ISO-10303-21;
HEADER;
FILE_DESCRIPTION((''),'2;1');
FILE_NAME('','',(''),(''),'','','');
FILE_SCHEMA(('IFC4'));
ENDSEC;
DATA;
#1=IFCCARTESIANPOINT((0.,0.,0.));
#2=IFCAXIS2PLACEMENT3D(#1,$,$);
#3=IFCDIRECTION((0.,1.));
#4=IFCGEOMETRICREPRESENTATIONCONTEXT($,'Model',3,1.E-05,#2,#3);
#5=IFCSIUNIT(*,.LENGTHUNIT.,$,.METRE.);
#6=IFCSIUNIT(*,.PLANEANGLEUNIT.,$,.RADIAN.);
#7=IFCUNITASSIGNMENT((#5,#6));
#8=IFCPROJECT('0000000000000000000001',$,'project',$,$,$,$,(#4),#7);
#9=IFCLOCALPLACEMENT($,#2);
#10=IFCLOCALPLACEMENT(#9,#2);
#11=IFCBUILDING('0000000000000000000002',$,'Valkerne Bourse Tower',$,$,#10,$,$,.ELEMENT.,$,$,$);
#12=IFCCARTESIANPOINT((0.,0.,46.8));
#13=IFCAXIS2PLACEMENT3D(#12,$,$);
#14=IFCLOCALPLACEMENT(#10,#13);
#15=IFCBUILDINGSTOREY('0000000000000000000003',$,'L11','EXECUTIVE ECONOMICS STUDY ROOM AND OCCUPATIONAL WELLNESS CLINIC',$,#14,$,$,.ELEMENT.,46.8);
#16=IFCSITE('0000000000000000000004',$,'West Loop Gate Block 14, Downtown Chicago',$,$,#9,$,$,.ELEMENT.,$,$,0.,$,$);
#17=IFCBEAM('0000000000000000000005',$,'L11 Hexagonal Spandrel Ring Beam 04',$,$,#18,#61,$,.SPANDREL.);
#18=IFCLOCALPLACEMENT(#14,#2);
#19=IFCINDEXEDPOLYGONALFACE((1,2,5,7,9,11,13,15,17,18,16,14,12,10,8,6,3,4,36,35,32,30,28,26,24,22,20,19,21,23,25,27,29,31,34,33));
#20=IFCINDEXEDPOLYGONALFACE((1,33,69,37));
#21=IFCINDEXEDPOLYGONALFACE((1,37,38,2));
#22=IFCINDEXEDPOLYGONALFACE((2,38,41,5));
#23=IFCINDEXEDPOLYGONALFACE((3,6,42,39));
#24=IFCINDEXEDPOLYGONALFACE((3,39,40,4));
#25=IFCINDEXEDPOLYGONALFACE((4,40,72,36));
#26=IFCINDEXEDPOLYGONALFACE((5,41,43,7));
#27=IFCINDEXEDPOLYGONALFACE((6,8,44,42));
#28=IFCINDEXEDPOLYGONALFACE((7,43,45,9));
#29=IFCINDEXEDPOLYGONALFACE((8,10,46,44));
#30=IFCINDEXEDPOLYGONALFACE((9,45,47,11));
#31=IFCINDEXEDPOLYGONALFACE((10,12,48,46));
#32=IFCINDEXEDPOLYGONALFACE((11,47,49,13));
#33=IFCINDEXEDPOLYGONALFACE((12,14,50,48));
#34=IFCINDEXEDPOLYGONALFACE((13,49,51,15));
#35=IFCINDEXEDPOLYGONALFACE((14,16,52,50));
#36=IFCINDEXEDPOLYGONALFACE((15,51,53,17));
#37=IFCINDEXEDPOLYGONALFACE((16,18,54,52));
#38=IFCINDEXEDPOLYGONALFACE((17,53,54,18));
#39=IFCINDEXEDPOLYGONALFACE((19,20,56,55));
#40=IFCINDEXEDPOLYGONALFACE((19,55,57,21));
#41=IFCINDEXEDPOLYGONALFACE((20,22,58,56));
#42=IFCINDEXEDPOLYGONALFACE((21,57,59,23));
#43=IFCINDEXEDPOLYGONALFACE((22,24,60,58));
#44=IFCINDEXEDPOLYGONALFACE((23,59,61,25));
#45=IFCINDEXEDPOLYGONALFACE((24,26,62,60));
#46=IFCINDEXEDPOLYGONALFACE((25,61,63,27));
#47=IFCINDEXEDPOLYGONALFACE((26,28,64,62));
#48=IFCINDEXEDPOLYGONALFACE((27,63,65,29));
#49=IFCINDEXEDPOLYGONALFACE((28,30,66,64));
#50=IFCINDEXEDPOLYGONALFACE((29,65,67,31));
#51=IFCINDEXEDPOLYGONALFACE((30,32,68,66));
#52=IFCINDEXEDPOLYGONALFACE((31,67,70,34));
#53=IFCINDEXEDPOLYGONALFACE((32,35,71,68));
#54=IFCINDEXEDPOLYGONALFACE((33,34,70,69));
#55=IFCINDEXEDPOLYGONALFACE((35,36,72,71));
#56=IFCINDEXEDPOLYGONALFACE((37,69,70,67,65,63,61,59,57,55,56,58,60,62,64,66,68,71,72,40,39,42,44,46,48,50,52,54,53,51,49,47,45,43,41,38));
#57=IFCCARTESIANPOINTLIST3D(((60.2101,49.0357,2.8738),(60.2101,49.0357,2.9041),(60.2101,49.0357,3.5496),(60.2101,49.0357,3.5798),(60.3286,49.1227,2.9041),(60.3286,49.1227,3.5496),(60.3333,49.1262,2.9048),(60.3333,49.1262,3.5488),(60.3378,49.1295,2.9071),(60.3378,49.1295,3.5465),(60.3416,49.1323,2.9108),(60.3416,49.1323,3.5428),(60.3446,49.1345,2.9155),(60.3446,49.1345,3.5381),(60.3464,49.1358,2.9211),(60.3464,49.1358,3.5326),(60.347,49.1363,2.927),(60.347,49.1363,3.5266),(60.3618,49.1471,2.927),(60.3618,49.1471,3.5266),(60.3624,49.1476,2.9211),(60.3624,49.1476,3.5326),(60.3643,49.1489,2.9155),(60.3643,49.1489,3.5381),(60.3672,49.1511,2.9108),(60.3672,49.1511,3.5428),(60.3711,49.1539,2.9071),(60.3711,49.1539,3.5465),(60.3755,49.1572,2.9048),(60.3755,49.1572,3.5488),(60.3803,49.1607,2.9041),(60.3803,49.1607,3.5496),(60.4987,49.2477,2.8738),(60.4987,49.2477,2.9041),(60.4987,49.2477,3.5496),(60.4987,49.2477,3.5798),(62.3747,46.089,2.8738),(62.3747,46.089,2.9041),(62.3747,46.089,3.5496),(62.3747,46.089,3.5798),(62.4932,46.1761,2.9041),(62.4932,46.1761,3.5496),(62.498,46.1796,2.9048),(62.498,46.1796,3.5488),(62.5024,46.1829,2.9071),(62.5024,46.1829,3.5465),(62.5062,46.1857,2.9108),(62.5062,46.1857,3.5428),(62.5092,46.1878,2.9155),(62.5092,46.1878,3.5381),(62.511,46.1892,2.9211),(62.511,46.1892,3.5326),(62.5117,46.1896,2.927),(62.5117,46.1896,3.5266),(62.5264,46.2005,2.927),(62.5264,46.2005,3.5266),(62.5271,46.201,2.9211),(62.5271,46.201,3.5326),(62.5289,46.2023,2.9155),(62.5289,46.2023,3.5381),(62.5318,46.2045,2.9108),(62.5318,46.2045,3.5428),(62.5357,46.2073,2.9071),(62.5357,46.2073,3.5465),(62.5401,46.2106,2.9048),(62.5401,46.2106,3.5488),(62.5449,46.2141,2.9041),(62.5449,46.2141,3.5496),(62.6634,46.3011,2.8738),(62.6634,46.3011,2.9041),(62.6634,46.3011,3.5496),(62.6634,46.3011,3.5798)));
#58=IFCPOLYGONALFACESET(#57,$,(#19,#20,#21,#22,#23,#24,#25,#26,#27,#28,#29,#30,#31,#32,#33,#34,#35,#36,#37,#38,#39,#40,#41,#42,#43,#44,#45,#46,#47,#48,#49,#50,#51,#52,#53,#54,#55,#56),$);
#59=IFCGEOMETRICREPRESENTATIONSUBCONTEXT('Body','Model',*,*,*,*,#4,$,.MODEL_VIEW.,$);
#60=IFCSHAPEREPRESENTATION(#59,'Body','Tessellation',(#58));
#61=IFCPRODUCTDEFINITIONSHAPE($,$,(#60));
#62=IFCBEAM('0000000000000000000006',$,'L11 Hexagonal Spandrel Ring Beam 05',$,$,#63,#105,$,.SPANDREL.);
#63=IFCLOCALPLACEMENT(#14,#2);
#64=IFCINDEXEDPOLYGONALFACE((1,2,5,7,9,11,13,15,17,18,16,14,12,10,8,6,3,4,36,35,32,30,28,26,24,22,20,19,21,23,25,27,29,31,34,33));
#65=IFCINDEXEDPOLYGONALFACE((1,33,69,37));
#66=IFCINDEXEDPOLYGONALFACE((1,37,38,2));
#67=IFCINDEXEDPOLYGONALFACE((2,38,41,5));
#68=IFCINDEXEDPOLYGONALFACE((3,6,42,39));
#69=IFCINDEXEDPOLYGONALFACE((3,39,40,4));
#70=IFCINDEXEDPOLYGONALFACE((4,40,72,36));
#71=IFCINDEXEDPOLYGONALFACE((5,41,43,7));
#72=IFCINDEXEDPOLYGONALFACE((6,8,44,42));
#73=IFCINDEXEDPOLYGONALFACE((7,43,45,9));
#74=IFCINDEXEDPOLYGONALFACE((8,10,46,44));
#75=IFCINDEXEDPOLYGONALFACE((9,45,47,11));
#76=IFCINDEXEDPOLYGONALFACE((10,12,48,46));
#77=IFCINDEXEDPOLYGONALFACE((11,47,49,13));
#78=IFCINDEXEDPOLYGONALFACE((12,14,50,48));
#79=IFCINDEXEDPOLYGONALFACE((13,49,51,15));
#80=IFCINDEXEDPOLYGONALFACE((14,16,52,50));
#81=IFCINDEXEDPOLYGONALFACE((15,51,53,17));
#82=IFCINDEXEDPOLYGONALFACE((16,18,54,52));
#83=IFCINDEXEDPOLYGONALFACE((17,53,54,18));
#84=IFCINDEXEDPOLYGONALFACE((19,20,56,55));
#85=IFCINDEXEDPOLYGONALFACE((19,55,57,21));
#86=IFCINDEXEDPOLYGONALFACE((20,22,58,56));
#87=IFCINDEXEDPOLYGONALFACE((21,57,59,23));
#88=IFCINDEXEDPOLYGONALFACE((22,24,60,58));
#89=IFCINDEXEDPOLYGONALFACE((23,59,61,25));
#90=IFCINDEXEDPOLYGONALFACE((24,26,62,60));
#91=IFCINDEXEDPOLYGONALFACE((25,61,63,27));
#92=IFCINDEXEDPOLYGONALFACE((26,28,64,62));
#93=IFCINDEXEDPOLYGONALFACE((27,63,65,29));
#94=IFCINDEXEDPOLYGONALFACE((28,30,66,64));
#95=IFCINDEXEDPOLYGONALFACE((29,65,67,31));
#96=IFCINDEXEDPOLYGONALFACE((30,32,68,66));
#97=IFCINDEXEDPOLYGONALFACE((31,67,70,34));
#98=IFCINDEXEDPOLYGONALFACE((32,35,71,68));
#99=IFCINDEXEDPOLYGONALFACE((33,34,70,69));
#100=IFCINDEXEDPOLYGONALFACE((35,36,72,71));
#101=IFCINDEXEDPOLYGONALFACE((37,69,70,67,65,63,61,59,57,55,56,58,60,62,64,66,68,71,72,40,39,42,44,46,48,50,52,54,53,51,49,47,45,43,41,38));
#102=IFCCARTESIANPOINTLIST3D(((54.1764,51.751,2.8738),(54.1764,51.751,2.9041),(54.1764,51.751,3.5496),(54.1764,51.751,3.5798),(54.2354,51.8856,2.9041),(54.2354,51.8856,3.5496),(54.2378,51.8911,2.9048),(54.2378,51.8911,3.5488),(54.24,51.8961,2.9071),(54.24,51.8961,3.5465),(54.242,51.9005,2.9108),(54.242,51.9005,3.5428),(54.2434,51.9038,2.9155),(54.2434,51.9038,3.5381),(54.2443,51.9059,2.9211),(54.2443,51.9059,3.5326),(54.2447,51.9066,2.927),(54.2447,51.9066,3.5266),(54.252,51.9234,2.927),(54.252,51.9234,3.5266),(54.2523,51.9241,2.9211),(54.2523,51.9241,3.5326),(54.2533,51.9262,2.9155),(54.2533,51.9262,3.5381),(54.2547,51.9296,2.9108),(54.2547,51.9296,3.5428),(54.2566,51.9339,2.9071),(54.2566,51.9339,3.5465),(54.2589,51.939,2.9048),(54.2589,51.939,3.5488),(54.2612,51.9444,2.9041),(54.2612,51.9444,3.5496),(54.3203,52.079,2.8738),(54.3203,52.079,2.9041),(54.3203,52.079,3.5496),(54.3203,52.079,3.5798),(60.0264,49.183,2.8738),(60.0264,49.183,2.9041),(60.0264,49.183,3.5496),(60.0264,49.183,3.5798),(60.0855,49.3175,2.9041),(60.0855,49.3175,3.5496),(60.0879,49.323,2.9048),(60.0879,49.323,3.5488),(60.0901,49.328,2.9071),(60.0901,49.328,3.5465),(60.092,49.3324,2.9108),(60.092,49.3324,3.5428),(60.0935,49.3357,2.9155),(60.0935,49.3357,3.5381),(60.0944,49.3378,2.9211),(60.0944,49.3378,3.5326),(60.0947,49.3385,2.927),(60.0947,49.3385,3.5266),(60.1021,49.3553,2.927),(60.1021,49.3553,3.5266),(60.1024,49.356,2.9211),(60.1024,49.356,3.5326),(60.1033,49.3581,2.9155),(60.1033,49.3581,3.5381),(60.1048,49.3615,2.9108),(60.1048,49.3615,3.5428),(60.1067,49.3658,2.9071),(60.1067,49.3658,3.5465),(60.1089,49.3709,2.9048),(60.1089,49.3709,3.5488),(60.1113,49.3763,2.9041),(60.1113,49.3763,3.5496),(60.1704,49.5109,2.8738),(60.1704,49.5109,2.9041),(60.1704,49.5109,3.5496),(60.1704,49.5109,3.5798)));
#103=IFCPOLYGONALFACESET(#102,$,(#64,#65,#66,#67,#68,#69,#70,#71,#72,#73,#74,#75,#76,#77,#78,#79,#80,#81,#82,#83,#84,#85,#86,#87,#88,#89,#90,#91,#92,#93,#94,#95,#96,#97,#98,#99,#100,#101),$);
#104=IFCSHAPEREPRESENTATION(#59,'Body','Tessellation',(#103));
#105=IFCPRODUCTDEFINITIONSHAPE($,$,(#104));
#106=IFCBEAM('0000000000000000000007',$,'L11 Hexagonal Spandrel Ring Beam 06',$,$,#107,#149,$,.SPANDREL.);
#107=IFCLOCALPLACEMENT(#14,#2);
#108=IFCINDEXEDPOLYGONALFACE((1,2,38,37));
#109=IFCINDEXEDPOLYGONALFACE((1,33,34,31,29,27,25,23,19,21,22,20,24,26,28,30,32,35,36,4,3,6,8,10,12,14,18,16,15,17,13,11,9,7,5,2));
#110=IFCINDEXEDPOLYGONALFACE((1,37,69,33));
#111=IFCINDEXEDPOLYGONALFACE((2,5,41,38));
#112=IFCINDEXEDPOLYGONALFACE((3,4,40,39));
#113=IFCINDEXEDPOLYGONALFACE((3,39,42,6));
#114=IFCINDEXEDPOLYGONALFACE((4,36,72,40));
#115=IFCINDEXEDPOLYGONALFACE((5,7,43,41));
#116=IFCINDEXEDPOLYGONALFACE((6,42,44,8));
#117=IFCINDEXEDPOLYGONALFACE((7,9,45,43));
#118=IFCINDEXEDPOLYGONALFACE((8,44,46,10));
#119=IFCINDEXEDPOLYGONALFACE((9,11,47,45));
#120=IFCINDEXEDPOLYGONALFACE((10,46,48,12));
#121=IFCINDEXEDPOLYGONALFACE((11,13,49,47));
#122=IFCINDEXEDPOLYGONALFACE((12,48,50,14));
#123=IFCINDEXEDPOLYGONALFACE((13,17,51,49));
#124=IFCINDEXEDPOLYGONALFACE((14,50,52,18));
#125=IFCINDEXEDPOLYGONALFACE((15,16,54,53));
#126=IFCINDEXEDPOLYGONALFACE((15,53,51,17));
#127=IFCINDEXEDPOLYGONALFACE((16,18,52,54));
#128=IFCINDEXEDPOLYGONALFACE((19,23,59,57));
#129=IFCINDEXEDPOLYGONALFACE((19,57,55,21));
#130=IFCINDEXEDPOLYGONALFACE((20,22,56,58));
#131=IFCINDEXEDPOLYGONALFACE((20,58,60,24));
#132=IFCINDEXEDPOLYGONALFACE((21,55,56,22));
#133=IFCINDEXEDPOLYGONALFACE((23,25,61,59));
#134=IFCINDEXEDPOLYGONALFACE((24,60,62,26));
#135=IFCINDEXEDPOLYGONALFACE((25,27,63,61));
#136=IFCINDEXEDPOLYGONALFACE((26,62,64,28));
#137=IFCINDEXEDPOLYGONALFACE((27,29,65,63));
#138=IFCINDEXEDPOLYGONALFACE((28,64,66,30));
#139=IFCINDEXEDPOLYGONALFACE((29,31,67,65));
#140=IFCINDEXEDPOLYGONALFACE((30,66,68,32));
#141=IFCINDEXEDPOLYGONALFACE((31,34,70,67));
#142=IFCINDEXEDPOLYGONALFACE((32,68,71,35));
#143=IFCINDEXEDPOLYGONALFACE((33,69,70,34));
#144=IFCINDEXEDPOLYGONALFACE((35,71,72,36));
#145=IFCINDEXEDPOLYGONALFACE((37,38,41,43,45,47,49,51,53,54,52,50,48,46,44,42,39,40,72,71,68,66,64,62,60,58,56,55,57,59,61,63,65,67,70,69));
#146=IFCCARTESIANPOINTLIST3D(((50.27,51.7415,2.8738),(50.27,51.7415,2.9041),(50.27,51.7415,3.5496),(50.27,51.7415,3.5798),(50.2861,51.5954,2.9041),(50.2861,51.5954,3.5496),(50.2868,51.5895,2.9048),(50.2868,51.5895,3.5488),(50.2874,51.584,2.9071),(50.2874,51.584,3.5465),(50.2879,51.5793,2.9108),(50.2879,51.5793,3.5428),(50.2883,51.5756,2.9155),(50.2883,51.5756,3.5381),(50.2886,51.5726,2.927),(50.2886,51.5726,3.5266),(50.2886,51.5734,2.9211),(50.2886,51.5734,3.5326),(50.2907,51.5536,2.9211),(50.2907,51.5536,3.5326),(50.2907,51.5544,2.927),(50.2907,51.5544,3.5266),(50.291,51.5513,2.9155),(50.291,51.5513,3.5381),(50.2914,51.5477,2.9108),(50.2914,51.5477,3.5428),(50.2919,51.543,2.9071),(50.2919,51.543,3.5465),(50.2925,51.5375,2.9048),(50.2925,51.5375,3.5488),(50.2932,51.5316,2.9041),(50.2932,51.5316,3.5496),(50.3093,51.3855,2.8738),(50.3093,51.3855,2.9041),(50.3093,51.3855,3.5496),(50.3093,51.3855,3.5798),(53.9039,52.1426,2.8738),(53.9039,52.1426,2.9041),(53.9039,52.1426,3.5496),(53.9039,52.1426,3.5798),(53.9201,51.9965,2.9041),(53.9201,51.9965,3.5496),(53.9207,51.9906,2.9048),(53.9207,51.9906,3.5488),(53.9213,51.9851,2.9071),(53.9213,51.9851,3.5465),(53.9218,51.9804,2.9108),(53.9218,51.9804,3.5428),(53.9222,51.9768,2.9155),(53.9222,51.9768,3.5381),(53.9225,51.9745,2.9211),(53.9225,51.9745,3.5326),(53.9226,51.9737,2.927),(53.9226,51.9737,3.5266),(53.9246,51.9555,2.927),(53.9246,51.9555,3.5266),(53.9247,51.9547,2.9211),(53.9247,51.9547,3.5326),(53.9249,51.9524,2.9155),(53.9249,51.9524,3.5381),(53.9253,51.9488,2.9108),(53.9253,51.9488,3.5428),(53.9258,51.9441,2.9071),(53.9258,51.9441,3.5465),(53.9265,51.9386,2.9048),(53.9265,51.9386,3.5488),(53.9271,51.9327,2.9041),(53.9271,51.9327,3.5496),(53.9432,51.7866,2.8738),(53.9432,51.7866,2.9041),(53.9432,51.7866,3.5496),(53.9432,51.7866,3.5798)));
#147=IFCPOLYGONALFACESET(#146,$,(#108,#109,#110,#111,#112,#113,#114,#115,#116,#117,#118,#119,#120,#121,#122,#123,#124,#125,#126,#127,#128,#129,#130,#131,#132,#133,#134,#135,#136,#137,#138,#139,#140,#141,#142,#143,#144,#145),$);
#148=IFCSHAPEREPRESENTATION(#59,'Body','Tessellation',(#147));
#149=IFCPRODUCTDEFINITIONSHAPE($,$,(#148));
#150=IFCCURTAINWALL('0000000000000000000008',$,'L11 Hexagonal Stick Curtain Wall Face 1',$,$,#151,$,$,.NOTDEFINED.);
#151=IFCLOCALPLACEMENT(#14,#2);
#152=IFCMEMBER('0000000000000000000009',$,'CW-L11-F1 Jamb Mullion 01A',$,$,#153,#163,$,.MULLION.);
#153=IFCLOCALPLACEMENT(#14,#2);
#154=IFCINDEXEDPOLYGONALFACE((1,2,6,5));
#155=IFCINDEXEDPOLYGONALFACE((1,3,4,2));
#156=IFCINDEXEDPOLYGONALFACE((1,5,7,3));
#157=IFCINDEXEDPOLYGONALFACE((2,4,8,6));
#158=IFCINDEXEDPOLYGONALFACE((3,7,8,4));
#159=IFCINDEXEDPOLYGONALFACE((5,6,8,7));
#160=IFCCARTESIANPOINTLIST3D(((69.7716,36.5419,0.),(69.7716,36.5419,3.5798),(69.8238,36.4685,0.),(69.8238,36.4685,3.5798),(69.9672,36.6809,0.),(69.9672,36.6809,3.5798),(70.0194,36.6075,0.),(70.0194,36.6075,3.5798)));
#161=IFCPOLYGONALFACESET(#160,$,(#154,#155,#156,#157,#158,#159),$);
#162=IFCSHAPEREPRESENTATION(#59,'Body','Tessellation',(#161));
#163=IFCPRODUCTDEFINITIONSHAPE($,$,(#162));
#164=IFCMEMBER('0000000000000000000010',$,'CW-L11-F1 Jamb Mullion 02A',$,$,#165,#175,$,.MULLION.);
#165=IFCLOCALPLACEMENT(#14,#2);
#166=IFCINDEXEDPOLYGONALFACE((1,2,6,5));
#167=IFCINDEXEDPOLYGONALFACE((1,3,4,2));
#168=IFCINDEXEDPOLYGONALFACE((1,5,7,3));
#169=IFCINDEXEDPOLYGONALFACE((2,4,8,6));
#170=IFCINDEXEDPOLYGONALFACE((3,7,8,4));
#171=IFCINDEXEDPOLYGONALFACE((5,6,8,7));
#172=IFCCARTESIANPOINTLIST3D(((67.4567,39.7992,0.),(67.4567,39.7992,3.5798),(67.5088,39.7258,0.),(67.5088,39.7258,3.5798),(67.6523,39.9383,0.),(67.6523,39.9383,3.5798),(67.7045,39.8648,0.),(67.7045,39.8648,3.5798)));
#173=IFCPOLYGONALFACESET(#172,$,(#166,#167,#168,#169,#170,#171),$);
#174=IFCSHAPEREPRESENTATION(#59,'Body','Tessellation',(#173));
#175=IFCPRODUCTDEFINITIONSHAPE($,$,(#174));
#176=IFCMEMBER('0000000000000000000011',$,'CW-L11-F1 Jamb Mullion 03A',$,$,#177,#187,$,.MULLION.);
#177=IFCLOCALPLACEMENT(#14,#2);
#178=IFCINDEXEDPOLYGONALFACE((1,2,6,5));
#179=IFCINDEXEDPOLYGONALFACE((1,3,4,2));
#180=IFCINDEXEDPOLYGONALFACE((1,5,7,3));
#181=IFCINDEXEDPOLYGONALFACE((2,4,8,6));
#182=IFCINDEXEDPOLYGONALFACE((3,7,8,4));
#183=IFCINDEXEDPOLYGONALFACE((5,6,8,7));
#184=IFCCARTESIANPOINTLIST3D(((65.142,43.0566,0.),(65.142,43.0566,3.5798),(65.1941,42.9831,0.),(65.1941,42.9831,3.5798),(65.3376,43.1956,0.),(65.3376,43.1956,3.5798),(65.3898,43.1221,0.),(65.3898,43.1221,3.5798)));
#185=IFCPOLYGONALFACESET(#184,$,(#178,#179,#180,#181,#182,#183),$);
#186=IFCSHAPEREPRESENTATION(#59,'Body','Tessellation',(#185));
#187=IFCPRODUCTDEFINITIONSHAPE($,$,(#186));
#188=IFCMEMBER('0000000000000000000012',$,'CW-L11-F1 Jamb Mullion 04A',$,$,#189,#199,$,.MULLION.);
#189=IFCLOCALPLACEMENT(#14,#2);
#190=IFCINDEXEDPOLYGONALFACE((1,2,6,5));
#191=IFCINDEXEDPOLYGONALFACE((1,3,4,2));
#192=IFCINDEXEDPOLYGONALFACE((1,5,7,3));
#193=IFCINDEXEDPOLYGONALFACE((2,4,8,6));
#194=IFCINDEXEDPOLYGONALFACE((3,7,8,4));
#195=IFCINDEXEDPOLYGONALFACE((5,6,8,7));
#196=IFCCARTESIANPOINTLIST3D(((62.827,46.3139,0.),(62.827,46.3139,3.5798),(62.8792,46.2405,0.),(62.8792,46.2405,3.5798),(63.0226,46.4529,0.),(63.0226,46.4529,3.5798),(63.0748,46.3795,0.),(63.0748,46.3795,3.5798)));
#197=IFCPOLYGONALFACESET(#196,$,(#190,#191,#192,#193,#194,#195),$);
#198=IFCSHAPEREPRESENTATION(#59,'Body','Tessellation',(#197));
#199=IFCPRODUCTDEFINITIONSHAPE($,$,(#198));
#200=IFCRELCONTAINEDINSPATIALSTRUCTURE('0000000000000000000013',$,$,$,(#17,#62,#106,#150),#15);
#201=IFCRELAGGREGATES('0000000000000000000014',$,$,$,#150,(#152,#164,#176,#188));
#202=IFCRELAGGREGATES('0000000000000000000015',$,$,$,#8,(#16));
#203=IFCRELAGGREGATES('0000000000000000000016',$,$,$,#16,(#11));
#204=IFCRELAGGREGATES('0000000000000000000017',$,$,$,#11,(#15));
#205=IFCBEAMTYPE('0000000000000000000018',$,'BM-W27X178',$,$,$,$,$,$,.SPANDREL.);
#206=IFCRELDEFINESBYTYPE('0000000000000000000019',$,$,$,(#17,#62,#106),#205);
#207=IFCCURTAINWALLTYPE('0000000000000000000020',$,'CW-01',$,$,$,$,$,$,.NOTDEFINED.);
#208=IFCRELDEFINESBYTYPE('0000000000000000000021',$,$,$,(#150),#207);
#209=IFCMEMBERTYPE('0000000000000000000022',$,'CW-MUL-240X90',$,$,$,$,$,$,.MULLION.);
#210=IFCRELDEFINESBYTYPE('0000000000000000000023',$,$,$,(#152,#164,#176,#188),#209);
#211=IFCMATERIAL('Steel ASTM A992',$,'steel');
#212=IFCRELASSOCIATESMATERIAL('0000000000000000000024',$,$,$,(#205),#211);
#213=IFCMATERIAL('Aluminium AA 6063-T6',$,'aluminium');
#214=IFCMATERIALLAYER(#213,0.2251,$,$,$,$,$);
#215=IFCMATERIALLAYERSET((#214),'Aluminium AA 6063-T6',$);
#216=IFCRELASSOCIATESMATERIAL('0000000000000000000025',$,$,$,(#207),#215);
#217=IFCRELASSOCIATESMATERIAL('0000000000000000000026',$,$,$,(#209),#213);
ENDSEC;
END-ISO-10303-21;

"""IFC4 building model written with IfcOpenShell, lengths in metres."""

from ifc_helpers import new_model, si_unit, direction, frame, origin, origin_2d, place, context, subcontext, project, spatial, rectangle, i_section, extrude, material, layer, layer_set, material_profile, profile_set, type_object, element, aggregate, save


model = new_model("IFC4")

# Units and contexts
model_context = context("Model", 3, precision=1e-05, world=origin(), true_north=direction((0.0, 1.0)))
body_context = subcontext(model_context, "Body", "Model", "MODEL_VIEW")
ifc_project = project(units=[si_unit("LENGTHUNIT", "METRE"), si_unit("PLANEANGLEUNIT", "RADIAN")], contexts=[model_context])

# Site, building, storey
site_placement = place(None, origin())
site = spatial("IfcSite", under=ifc_project, at=site_placement, Name="West Loop Gate Block 14, Downtown Chicago", CompositionType="ELEMENT", RefElevation=0.0)
building_placement = place(site_placement, origin())
building = spatial("IfcBuilding", under=site, at=building_placement, Name="Valkerne Bourse Tower", CompositionType="ELEMENT")
storey_placement = place(building_placement, frame((0.0, 0.0, 46.8)))
storey = spatial("IfcBuildingStorey", under=building, at=storey_placement, Name="L11", Description="EXECUTIVE ECONOMICS STUDY ROOM AND OCCUPATIONAL WELLNESS CLINIC", CompositionType="ELEMENT", Elevation=46.8)

# Beams
ifc_material_1 = material(Name="Steel ASTM A992", Category="steel")
ifc_material_profile_1 = material_profile(ifc_material_1, i_section(OverallWidth=0.3582, OverallDepth=0.7061, WebThickness=0.0183, FlangeThickness=0.0303, FilletRadius=0.0229, at=origin_2d()), Name="W27X178")
ifc_profile_set_1 = profile_set([ifc_material_profile_1], Name="Steel ASTM A992")
beam_type = type_object("IfcBeamType", Name="BM-W27X178", PredefinedType="SPANDREL", material=ifc_profile_set_1)
for number, where, z_axis, x_axis, name in (
    (1, (62.519, 46.1951, 3.2268), (-0.592032, 0.805914, 0.0), (-0.805914, -0.592032, 0.0), "L11 Hexagonal Spandrel Ring Beam 04"),
):
    element("IfcBeam", number, at=place(storey_placement, frame(where, z_axis=z_axis, x_axis=x_axis)), inside=storey, type_object=beam_type, Name=name, PredefinedType="SPANDREL", context=body_context, shape_type="SweptSolid", body=[
        extrude(i_section(OverallWidth=0.3582, OverallDepth=0.7061, WebThickness=0.0183, FlangeThickness=0.0303, FilletRadius=0.0229, at=origin_2d()), origin(), (0.0, 0.0, 1.0), 3.6562),
    ])
beam_1_placement = place(storey_placement, frame((60.0984, 49.3469, 3.2268), z_axis=(-0.915657, 0.401961, 0.0), x_axis=(-0.401961, -0.915657, 0.0)))
element("IfcBeam", 2, at=beam_1_placement, inside=storey, type_object=beam_type, Name="L11 Hexagonal Spandrel Ring Beam 05", PredefinedType="SPANDREL", context=body_context, shape_type="SweptSolid", body=[
    extrude(i_section(OverallWidth=0.3582, OverallDepth=0.7061, WebThickness=0.0183, FlangeThickness=0.0303, FilletRadius=0.0229, at=origin_2d()), origin(), (0.0, 0.0, 1.0), 6.3889),
])
beam_2_placement = place(storey_placement, frame((53.9236, 51.9646, 3.2268), z_axis=(-0.993963, -0.109713, 0.0), x_axis=(0.109713, -0.993963, 0.0)))
element("IfcBeam", 3, at=beam_2_placement, inside=storey, type_object=beam_type, Name="L11 Hexagonal Spandrel Ring Beam 06", PredefinedType="SPANDREL", context=body_context, shape_type="SweptSolid", body=[
    extrude(i_section(OverallWidth=0.3582, OverallDepth=0.7061, WebThickness=0.0183, FlangeThickness=0.0303, FilletRadius=0.0229, at=origin_2d()), origin(), (0.0, 0.0, 1.0), 3.656),
])

# Curtain wall, members
ifc_material_2 = material(Name="Aluminium AA 6063-T6", Category="aluminium")
ifc_layer_1 = layer(ifc_material_2, 0.2251)
ifc_layer_set_1 = layer_set([ifc_layer_1], Name="Aluminium AA 6063-T6")
curtain_wall_type = type_object("IfcCurtainWallType", Name="CW-01", PredefinedType="NOTDEFINED", material=ifc_layer_set_1)
curtain_wall_1_placement = place(storey_placement, origin())
curtain_wall_1 = element("IfcCurtainWall", 4, at=curtain_wall_1_placement, inside=storey, type_object=curtain_wall_type, Name="L11 Hexagonal Stick Curtain Wall Face 1", PredefinedType="NOTDEFINED")
ifc_material_profile_2 = material_profile(ifc_material_2, rectangle(XDim=0.0901, YDim=0.24, at=origin_2d()), Name="CWM-90X240")
ifc_profile_set_2 = profile_set([ifc_material_profile_2], Name="Aluminium AA 6063-T6")
member_type_1 = type_object("IfcMemberType", Name="CW-MUL-240X90", PredefinedType="MULLION", material=ifc_profile_set_2)
member_1_placement = place(storey_placement, frame((69.8955, 36.5747, 0.0), z_axis=(0.0, 0.0, 1.0), x_axis=(-0.579274, 0.815133, 0.0)))
member_1 = element("IfcMember", 5, at=member_1_placement, type_object=member_type_1, Name="CW-L11-F1 Jamb Mullion 01A", PredefinedType="MULLION", context=body_context, shape_type="SweptSolid", body=[
    extrude(rectangle(XDim=0.0901, YDim=0.24, at=origin_2d()), origin(), (0.0, 0.0, 1.0), 3.5798),
])
member_2_placement = place(storey_placement, frame((67.5806, 39.832, 0.0), z_axis=(0.0, 0.0, 1.0), x_axis=(-0.579286, 0.815124, 0.0)))
member_2 = element("IfcMember", 6, at=member_2_placement, type_object=member_type_1, Name="CW-L11-F1 Jamb Mullion 02A", PredefinedType="MULLION", context=body_context, shape_type="SweptSolid", body=[
    extrude(rectangle(XDim=0.0901, YDim=0.24, at=origin_2d()), origin(), (0.0, 0.0, 1.0), 3.5798),
])
member_3_placement = place(storey_placement, frame((65.2659, 43.0894, 0.0), z_axis=(0.0, 0.0, 1.0), x_axis=(-0.579274, 0.815133, 0.0)))
member_3 = element("IfcMember", 7, at=member_3_placement, type_object=member_type_1, Name="CW-L11-F1 Jamb Mullion 03A", PredefinedType="MULLION", context=body_context, shape_type="SweptSolid", body=[
    extrude(rectangle(XDim=0.0901, YDim=0.24, at=origin_2d()), origin(), (0.0, 0.0, 1.0), 3.5798),
])
member_4_placement = place(storey_placement, frame((62.9509, 46.3467, 0.0), z_axis=(0.0, 0.0, 1.0), x_axis=(-0.579286, 0.815124, 0.0)))
member_4 = element("IfcMember", 8, at=member_4_placement, type_object=member_type_1, Name="CW-L11-F1 Jamb Mullion 04A", PredefinedType="MULLION", context=body_context, shape_type="SweptSolid", body=[
    extrude(rectangle(XDim=0.0901, YDim=0.24, at=origin_2d()), origin(), (0.0, 0.0, 1.0), 3.5798),
])

aggregate(curtain_wall_1, [member_1, member_2, member_3, member_4])

save(model, "model.ifc")
